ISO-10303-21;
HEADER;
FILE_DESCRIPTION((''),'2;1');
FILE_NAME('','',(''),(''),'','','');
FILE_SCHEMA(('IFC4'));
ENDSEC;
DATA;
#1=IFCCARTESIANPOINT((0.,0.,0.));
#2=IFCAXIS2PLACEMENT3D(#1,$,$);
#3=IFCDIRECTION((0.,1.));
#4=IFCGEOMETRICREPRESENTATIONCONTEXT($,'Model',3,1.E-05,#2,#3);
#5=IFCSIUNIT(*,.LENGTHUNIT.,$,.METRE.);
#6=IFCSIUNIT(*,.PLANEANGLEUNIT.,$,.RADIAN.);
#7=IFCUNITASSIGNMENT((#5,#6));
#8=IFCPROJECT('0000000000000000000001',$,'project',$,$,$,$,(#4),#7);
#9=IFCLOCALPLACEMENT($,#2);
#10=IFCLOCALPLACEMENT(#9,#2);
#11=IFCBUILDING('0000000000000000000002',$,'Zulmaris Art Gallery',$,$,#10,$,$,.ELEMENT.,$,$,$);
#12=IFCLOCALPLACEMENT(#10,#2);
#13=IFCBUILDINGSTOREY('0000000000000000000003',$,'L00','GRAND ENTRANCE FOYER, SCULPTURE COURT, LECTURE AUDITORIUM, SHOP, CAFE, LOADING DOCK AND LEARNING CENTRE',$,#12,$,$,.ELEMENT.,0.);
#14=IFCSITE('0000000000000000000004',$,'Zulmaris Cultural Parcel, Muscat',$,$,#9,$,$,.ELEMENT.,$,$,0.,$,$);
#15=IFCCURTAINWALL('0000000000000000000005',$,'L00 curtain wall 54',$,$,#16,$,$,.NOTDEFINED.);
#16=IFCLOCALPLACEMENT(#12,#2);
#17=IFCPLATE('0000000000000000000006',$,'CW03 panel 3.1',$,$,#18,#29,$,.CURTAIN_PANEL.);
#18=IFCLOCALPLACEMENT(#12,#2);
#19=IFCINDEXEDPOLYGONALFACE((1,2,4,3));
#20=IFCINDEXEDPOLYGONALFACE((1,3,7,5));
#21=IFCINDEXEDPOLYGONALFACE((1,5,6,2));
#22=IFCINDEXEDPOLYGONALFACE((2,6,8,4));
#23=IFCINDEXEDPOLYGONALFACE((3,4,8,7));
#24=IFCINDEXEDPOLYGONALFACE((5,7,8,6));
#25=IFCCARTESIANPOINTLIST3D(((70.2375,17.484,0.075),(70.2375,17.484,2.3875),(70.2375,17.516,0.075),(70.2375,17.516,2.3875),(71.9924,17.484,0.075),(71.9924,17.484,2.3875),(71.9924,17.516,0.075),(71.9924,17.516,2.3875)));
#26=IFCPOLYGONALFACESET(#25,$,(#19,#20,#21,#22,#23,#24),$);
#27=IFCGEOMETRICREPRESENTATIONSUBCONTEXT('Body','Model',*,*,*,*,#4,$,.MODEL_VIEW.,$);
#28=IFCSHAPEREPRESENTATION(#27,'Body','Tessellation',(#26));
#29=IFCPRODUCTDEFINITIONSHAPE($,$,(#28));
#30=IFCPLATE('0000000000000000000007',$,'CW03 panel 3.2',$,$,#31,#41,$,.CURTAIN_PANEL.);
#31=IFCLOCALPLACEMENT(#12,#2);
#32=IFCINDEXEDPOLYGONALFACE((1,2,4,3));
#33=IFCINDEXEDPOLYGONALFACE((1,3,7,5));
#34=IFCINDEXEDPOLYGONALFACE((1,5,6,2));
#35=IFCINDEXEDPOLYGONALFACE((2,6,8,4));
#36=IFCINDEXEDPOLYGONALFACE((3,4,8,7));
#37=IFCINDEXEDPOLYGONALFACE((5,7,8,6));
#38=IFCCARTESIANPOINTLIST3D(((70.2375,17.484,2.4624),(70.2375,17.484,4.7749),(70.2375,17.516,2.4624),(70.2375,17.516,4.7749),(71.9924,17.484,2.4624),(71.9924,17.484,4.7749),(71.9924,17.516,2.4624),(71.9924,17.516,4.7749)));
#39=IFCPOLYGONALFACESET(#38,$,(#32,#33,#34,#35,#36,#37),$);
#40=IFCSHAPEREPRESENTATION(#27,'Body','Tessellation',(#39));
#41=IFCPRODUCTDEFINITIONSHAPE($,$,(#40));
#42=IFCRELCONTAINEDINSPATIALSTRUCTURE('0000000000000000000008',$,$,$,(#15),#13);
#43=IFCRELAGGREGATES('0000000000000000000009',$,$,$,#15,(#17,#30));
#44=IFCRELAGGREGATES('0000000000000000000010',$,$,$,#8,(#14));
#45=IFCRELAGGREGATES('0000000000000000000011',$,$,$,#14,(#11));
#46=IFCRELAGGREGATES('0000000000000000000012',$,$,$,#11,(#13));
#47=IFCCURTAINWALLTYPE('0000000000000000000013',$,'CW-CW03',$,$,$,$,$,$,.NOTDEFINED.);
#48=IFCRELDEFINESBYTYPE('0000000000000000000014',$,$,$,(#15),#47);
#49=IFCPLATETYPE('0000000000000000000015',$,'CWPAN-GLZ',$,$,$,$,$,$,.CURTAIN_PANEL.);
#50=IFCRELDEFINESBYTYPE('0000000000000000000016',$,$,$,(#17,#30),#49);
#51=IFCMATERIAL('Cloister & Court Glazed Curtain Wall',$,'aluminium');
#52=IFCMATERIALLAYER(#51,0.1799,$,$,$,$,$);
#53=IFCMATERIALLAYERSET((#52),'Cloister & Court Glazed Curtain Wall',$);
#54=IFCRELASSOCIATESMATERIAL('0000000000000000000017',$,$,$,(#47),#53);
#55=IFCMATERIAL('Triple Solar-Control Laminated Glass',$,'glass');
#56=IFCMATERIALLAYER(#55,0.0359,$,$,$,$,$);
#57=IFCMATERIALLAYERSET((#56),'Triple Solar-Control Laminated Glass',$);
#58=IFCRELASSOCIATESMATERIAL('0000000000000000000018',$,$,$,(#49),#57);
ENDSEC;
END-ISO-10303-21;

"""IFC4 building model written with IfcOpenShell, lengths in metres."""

from ifc_helpers import new_model, si_unit, direction, frame, origin, origin_2d, place, context, subcontext, project, spatial, rectangle, extrude, material, layer, layer_set, type_object, element, aggregate, save


model = new_model("IFC4")

# Units and contexts
model_context = context("Model", 3, precision=1e-05, world=origin(), true_north=direction((0.0, 1.0)))
body_context = subcontext(model_context, "Body", "Model", "MODEL_VIEW")
ifc_project = project(units=[si_unit("LENGTHUNIT", "METRE"), si_unit("PLANEANGLEUNIT", "RADIAN")], contexts=[model_context])

# Site, building, storey
site_placement = place(None, origin())
site = spatial("IfcSite", under=ifc_project, at=site_placement, Name="Zulmaris Cultural Parcel, Muscat", CompositionType="ELEMENT", RefElevation=0.0)
building_placement = place(site_placement, origin())
building = spatial("IfcBuilding", under=site, at=building_placement, Name="Zulmaris Art Gallery", CompositionType="ELEMENT")
storey_placement = place(building_placement, origin())
storey = spatial("IfcBuildingStorey", under=building, at=storey_placement, Name="L00", Description="GRAND ENTRANCE FOYER, SCULPTURE COURT, LECTURE AUDITORIUM, SHOP, CAFE, LOADING DOCK AND LEARNING CENTRE", CompositionType="ELEMENT", Elevation=0.0)

# Curtain wall, plates
ifc_material_1 = material(Name="Cloister & Court Glazed Curtain Wall", Category="aluminium")
ifc_layer_1 = layer(ifc_material_1, 0.1799)
ifc_layer_set_1 = layer_set([ifc_layer_1], Name="Cloister & Court Glazed Curtain Wall")
curtain_wall_type = type_object("IfcCurtainWallType", Name="CW-CW03", PredefinedType="NOTDEFINED", material=ifc_layer_set_1)
curtain_wall_placement = place(storey_placement, origin())
curtain_wall = element("IfcCurtainWall", 1, at=curtain_wall_placement, inside=storey, type_object=curtain_wall_type, Name="L00 curtain wall 54", PredefinedType="NOTDEFINED")
ifc_material_2 = material(Name="Triple Solar-Control Laminated Glass", Category="glass")
ifc_layer_2 = layer(ifc_material_2, 0.0359)
ifc_layer_set_2 = layer_set([ifc_layer_2], Name="Triple Solar-Control Laminated Glass")
plate_type = type_object("IfcPlateType", Name="CWPAN-GLZ", PredefinedType="CURTAIN_PANEL", material=ifc_layer_set_2)
plate_1_placement = place(storey_placement, frame((71.115, 17.5, 0.075), z_axis=(0.0, 0.0, 1.0), x_axis=(1.0, 0.0, 0.0)))
plate_1 = element("IfcPlate", 2, at=plate_1_placement, type_object=plate_type, Name="CW03 panel 3.1", PredefinedType="CURTAIN_PANEL", context=body_context, shape_type="SweptSolid", body=[
    extrude(rectangle(XDim=1.7549, YDim=0.032, at=origin_2d()), origin(), (0.0, 0.0, 1.0), 2.3125),
])
plate_2_placement = place(storey_placement, frame((71.115, 17.5, 2.4624), z_axis=(0.0, 0.0, 1.0), x_axis=(1.0, 0.0, 0.0)))
plate_2 = element("IfcPlate", 3, at=plate_2_placement, type_object=plate_type, Name="CW03 panel 3.2", PredefinedType="CURTAIN_PANEL", context=body_context, shape_type="SweptSolid", body=[
    extrude(rectangle(XDim=1.7549, YDim=0.032, at=origin_2d()), origin(), (0.0, 0.0, 1.0), 2.3125),
])
aggregate(curtain_wall, [plate_1, plate_2])

save(model, "model.ifc")
